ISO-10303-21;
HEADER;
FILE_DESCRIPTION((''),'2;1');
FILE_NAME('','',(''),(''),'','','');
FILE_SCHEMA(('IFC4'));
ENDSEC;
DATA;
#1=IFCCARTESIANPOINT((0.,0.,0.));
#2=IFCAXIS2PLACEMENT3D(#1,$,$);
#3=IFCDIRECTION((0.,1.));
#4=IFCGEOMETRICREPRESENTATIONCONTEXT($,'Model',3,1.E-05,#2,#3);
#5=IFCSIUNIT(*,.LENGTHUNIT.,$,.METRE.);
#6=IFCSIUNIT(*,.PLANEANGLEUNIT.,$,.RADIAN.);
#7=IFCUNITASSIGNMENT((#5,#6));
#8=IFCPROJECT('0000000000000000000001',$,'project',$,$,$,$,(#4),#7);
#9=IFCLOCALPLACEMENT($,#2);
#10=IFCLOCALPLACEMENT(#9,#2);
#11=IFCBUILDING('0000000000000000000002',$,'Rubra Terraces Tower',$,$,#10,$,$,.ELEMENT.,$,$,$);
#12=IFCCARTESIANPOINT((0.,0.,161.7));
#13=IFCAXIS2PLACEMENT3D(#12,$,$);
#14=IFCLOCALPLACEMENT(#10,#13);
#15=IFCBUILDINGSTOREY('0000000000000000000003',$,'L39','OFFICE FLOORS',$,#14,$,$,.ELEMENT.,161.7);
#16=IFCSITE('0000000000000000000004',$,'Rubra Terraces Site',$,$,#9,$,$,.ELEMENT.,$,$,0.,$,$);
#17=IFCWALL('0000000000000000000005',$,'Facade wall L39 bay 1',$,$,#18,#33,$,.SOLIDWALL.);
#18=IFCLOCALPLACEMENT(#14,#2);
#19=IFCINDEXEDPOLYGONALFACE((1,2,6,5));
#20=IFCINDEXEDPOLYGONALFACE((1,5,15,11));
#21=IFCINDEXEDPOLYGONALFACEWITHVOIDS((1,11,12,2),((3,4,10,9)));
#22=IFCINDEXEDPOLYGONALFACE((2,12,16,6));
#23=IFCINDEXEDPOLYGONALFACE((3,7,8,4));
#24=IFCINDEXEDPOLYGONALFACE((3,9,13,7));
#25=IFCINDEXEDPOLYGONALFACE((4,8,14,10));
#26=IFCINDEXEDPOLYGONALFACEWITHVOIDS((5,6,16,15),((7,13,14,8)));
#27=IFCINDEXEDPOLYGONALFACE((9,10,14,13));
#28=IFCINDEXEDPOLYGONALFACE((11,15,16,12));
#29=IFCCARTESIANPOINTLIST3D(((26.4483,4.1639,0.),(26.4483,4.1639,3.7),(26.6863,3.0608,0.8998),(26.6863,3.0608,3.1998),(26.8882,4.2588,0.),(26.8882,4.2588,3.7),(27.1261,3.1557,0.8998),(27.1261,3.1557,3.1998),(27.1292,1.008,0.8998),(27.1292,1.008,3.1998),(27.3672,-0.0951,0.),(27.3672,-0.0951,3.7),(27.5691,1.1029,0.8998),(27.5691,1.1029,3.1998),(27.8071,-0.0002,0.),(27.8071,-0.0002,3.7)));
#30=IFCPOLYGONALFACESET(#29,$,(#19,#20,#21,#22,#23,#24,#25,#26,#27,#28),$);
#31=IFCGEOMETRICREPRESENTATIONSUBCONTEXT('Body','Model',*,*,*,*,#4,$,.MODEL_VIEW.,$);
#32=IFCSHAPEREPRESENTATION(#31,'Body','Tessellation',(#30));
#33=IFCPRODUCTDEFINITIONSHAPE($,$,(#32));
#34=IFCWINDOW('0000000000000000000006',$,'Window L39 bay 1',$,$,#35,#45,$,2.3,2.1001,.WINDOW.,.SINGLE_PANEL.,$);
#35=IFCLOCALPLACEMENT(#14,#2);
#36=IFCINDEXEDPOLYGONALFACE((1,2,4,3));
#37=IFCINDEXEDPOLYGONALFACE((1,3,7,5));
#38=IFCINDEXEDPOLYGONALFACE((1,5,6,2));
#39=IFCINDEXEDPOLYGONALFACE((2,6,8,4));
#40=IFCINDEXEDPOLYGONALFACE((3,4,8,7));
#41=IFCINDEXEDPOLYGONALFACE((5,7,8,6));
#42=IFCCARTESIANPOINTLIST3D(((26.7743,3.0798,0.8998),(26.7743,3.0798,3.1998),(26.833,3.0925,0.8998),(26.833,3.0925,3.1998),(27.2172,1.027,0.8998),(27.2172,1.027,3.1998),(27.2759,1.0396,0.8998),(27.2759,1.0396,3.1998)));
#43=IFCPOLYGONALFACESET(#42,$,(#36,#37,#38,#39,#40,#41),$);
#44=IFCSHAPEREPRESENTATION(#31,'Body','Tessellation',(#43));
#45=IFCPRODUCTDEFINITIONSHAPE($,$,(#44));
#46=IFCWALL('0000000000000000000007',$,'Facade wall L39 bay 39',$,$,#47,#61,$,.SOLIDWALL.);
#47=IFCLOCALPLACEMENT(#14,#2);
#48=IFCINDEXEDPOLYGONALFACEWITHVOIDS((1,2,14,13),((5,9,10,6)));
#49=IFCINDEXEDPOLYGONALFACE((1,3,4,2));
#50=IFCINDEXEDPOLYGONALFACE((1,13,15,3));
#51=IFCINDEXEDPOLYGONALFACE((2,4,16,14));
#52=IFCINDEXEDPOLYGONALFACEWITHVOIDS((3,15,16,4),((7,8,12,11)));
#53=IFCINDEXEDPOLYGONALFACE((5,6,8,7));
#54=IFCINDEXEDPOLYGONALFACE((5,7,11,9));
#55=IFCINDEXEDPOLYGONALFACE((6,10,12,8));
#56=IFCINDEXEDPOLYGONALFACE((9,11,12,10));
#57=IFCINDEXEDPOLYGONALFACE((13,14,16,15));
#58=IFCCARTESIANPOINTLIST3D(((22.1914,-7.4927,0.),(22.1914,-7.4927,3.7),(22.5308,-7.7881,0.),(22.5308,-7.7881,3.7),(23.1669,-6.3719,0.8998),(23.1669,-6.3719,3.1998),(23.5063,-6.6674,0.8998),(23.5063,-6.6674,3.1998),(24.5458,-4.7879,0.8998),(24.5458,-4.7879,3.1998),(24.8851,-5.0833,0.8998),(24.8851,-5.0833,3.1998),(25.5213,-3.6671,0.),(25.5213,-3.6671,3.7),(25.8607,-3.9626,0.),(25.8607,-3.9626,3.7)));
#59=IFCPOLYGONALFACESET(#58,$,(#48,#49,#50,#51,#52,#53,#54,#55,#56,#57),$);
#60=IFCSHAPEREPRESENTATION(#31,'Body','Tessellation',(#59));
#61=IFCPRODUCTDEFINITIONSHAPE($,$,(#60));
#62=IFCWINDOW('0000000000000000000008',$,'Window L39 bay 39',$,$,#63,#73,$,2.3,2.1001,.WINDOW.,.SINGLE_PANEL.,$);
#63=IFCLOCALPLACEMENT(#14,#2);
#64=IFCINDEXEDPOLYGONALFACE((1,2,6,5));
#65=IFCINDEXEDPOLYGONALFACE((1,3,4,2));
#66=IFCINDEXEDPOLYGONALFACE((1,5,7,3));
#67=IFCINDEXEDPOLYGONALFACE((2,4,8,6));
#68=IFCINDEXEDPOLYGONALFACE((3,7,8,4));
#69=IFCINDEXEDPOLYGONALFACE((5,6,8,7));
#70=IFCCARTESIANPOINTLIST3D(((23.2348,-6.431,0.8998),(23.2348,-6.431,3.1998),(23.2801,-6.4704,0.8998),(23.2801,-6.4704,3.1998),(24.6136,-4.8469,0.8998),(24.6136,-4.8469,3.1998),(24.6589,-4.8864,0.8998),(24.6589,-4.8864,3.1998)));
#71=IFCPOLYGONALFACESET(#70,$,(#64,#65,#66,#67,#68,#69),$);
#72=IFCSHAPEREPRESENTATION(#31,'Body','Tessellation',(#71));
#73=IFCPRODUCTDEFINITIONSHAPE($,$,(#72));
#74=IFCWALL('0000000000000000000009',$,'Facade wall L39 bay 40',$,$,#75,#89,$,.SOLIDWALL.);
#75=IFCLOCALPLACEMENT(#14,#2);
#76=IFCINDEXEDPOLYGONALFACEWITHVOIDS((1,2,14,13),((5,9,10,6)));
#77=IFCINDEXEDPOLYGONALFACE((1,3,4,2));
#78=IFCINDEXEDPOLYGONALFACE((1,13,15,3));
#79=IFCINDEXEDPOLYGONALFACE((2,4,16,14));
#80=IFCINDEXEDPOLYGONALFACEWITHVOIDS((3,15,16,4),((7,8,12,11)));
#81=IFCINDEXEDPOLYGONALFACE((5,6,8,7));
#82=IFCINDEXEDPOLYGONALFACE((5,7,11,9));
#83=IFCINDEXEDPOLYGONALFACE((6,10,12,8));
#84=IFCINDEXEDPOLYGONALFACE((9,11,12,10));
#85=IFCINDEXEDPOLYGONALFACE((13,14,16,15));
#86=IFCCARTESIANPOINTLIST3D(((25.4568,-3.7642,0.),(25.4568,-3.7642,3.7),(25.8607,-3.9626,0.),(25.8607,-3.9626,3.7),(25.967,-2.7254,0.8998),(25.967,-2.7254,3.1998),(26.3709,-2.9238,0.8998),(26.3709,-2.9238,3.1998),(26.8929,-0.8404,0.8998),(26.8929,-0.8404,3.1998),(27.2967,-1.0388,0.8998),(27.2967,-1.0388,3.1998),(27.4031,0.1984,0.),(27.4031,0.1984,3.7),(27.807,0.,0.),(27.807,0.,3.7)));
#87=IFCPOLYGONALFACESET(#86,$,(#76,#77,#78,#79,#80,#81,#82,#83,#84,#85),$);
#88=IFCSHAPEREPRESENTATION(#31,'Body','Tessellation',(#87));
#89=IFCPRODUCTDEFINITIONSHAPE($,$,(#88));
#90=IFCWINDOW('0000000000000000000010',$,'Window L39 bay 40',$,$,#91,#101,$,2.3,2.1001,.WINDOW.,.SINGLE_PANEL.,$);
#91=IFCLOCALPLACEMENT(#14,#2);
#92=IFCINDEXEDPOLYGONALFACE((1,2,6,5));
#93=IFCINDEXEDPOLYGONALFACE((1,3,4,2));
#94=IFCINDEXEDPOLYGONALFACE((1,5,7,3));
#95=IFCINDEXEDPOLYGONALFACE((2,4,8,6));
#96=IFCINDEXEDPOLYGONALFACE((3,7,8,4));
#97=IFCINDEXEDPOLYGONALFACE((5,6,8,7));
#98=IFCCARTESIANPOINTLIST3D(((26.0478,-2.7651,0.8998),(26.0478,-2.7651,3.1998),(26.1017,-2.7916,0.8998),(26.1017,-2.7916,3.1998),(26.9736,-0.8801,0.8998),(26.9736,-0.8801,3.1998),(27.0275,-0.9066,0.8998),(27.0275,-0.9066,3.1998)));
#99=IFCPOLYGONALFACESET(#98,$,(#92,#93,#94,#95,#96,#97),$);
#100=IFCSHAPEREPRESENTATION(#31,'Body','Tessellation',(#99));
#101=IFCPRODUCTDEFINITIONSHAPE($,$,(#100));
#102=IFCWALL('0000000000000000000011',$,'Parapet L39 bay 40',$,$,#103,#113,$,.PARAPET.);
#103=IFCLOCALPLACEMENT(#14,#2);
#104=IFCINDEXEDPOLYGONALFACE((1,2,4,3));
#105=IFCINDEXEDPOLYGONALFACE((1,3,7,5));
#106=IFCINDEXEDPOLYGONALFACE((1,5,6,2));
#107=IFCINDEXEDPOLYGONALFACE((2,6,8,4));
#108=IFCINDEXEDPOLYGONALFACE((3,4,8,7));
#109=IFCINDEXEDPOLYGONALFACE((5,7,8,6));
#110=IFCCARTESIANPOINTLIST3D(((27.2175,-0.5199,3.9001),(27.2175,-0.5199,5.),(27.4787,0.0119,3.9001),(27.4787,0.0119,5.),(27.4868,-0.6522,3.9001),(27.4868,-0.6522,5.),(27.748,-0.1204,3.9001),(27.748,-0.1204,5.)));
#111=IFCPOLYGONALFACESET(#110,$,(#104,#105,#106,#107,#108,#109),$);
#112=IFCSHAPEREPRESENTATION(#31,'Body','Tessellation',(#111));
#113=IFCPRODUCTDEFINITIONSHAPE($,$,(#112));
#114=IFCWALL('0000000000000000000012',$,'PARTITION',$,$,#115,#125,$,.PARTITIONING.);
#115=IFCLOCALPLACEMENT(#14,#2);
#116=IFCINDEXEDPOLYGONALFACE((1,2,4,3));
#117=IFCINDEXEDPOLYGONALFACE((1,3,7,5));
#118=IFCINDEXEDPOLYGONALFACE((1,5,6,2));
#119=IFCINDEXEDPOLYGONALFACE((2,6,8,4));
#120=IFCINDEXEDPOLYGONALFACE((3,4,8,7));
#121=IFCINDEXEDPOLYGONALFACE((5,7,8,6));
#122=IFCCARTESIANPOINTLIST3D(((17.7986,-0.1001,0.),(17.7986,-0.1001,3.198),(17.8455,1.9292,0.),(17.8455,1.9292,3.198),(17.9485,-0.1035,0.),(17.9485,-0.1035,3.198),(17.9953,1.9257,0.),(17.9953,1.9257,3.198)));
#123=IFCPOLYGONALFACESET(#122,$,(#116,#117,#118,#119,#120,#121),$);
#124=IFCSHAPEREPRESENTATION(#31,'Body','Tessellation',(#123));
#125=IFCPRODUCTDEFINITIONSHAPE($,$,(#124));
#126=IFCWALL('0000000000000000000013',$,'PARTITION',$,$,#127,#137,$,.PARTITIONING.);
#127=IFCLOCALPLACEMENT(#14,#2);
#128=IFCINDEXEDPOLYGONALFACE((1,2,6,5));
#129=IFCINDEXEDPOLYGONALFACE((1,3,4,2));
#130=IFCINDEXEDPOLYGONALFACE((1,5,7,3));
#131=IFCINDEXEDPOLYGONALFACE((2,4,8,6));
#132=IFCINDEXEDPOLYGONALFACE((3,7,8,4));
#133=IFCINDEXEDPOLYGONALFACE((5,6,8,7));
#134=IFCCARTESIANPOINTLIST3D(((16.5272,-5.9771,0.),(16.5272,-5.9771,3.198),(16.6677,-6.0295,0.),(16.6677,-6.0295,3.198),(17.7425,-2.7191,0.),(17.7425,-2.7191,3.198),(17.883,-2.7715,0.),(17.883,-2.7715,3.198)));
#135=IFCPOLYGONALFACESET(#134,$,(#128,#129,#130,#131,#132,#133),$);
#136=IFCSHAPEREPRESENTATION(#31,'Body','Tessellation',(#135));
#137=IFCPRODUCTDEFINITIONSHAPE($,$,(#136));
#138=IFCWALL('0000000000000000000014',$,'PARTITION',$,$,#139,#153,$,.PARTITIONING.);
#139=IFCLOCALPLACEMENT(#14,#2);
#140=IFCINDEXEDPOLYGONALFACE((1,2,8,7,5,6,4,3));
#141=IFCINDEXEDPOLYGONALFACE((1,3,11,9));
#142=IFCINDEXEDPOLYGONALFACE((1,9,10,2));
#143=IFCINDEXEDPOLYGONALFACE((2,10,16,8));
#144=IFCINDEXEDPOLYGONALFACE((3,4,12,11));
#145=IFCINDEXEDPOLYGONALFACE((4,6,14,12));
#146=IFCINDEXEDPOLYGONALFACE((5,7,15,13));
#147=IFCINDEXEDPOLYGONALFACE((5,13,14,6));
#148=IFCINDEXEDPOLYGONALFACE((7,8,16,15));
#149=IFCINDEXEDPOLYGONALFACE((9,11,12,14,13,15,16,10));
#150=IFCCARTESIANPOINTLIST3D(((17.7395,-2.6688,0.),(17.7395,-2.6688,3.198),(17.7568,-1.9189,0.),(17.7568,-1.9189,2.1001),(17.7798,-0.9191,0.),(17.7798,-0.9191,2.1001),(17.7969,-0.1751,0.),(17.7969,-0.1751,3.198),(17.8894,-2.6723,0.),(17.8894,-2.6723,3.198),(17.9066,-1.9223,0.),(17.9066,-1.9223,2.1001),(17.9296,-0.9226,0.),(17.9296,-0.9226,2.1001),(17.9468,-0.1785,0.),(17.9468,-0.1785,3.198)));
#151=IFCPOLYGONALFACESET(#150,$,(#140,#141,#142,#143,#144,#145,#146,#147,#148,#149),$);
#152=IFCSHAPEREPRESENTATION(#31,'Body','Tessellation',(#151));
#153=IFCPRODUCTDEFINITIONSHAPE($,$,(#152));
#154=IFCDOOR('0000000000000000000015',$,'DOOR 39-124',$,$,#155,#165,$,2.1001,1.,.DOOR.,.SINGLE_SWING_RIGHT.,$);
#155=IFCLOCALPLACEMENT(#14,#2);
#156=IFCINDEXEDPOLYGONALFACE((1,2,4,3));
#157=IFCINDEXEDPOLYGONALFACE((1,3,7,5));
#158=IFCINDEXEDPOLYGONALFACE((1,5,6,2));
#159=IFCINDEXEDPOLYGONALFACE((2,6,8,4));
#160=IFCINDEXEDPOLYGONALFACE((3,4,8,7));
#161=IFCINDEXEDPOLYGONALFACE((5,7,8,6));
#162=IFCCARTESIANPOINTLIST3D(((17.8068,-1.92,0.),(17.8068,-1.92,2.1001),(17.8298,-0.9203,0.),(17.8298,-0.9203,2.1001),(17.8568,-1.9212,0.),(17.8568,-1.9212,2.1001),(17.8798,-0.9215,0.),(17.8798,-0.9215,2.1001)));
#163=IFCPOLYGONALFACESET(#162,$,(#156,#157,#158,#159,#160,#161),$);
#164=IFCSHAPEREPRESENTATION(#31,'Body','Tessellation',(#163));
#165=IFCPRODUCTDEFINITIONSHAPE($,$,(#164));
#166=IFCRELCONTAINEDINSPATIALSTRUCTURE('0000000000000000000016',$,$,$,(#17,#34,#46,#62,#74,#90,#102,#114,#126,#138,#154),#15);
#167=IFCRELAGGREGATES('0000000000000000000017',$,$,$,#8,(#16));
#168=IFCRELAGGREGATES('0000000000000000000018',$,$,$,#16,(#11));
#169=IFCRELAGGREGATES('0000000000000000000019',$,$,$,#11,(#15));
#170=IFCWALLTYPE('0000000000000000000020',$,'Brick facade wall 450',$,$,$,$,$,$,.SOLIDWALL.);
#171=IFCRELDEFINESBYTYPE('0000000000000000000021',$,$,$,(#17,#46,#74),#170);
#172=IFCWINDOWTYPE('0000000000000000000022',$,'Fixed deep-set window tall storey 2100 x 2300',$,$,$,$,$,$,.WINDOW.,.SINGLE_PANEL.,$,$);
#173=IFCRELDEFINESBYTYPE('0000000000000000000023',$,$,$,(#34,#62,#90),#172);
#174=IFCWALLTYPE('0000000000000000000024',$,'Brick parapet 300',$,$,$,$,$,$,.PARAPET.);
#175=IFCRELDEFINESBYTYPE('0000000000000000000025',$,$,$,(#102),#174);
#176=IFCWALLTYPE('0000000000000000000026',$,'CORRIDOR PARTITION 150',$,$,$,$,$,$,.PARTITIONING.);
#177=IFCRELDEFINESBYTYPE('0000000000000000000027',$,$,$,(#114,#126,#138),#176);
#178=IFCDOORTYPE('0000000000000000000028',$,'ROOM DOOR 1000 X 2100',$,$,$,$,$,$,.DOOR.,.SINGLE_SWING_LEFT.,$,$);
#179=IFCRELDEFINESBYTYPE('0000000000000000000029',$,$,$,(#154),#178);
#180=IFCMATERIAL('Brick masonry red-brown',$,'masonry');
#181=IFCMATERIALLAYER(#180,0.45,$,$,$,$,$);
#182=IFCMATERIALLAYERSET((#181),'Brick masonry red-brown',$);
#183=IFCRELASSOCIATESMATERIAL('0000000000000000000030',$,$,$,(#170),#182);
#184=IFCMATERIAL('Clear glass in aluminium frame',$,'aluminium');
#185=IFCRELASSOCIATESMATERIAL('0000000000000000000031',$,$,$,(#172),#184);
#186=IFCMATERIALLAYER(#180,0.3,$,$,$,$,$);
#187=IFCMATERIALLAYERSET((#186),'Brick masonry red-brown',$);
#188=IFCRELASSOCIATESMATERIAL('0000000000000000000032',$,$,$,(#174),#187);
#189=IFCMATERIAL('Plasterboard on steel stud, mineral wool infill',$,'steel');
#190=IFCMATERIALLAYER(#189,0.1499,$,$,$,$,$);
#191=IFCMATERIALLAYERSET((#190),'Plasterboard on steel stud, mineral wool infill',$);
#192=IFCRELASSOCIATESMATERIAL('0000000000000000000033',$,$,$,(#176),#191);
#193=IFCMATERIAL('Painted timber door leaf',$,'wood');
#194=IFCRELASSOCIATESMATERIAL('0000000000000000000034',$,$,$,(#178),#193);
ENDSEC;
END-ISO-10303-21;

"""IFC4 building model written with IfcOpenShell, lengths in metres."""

from ifc_helpers import new_model, si_unit, direction, frame, frame_2d, origin, place, context, subcontext, project, spatial, rectangle, extrude, material, layer, layer_set, type_object, element, fill, save


model = new_model("IFC4")

# Units and contexts
model_context = context("Model", 3, precision=1e-05, world=origin(), true_north=direction((0.0, 1.0)))
body_context = subcontext(model_context, "Body", "Model", "MODEL_VIEW")
ifc_project = project(units=[si_unit("LENGTHUNIT", "METRE"), si_unit("PLANEANGLEUNIT", "RADIAN")], contexts=[model_context])

# Site, building, storey
site_placement = place(None, origin())
site = spatial("IfcSite", under=ifc_project, at=site_placement, Name="Rubra Terraces Site", CompositionType="ELEMENT", RefElevation=0.0)
building_placement = place(site_placement, origin())
building = spatial("IfcBuilding", under=site, at=building_placement, Name="Rubra Terraces Tower", CompositionType="ELEMENT")
storey_placement = place(building_placement, frame((0.0, 0.0, 161.7)))
storey = spatial("IfcBuildingStorey", under=building, at=storey_placement, Name="L39", Description="OFFICE FLOORS", CompositionType="ELEMENT", Elevation=161.7)

# Walls, openings, windows
ifc_material_1 = material(Name="Brick masonry red-brown", Category="masonry")
ifc_layer_1 = layer(ifc_material_1, 0.45)
ifc_layer_set_1 = layer_set([ifc_layer_1], Name="Brick masonry red-brown")
wall_type_1 = type_object("IfcWallType", Name="Brick facade wall 450", PredefinedType="SOLIDWALL", material=ifc_layer_set_1)
wall_1_placement = place(storey_placement, frame((27.5872, -0.0476, 0.0), z_axis=(0.0, 0.0, 1.0), x_axis=(-0.21091, 0.977505, 0.0)))
wall_1 = element("IfcWall", 1, at=wall_1_placement, inside=storey, type_object=wall_type_1, Name="Facade wall L39 bay 1", PredefinedType="SOLIDWALL", context=body_context, shape_type="SweptSolid", body=[
    extrude(rectangle(XDim=4.3569, YDim=0.45, at=frame_2d((2.1785, 0.0))), origin(), (0.0, 0.0, 1.0), 3.7),
])
opening_1_placement = place(wall_1_placement, frame((1.1284, 0.0, 0.8999)))
opening_1 = element("IfcOpeningElement", 2, at=opening_1_placement, cuts=wall_1, PredefinedType="OPENING", context=body_context, shape_type="SweptSolid", body=[
    extrude(rectangle(XDim=2.1001, YDim=2.3, at=frame_2d((1.05, 1.1499))), frame((0.0, 0.2349, 0.0), z_axis=(0.0, -1.0, 0.0), x_axis=(1.0, 0.0, 0.0)), (0.0, 0.0, 1.0), 0.47),
])
ifc_material_2 = material(Name="Clear glass in aluminium frame", Category="aluminium")
window_type = type_object("IfcWindowType", Name="Fixed deep-set window tall storey 2100 x 2300", PartitioningType="SINGLE_PANEL", PredefinedType="WINDOW", material=ifc_material_2)
window_1_placement = place(opening_1_placement, origin())
window_1 = element("IfcWindow", 3, at=window_1_placement, inside=storey, type_object=window_type, Name="Window L39 bay 1", OverallHeight=2.3, OverallWidth=2.1001, PartitioningType="SINGLE_PANEL", PredefinedType="WINDOW", context=body_context, shape_type="SweptSolid", body=[
    extrude(rectangle(XDim=2.1001, YDim=2.3, at=frame_2d((1.05, 1.1499))), frame((0.0, 0.135, 0.0), z_axis=(0.0, -1.0, 0.0), x_axis=(1.0, 0.0, 0.0)), (0.0, 0.0, 1.0), 0.0601),
])
fill(opening_1, window_1)
wall_2_placement = place(storey_placement, frame((22.3611, -7.6404, 0.0), z_axis=(0.0, 0.0, 1.0), x_axis=(0.656556, 0.754277, 0.0)))
wall_2 = element("IfcWall", 4, at=wall_2_placement, inside=storey, type_object=wall_type_1, Name="Facade wall L39 bay 39", PredefinedType="SOLIDWALL", context=body_context, shape_type="SweptSolid", body=[
    extrude(rectangle(XDim=5.0718, YDim=0.45, at=frame_2d((2.5359, 0.0))), origin(), (0.0, 0.0, 1.0), 3.7),
])
opening_2_placement = place(wall_2_placement, frame((1.4858, 0.0, 0.8999)))
opening_2 = element("IfcOpeningElement", 5, at=opening_2_placement, cuts=wall_2, PredefinedType="OPENING", context=body_context, shape_type="SweptSolid", body=[
    extrude(rectangle(XDim=2.1001, YDim=2.3, at=frame_2d((1.05, 1.1499))), frame((0.0, 0.2349, 0.0), z_axis=(0.0, -1.0, 0.0), x_axis=(1.0, 0.0, 0.0)), (0.0, 0.0, 1.0), 0.47),
])
window_2_placement = place(opening_2_placement, origin())
window_2 = element("IfcWindow", 6, at=window_2_placement, inside=storey, type_object=window_type, Name="Window L39 bay 39", OverallHeight=2.3, OverallWidth=2.1001, PartitioningType="SINGLE_PANEL", PredefinedType="WINDOW", context=body_context, shape_type="SweptSolid", body=[
    extrude(rectangle(XDim=2.1001, YDim=2.3, at=frame_2d((1.05, 1.1499))), frame((0.0, 0.135, 0.0), z_axis=(0.0, -1.0, 0.0), x_axis=(1.0, 0.0, 0.0)), (0.0, 0.0, 1.0), 0.0601),
])
fill(opening_2, window_2)
wall_3_placement = place(storey_placement, frame((25.6587, -3.8635, 0.0), z_axis=(0.0, 0.0, 1.0), x_axis=(0.440854, 0.897579, 0.0)))
wall_3 = element("IfcWall", 7, at=wall_3_placement, inside=storey, type_object=wall_type_1, Name="Facade wall L39 bay 40", PredefinedType="SOLIDWALL", context=body_context, shape_type="SweptSolid", body=[
    extrude(rectangle(XDim=4.4148, YDim=0.45, at=frame_2d((2.2075, 0.0))), origin(), (0.0, 0.0, 1.0), 3.7),
])
opening_3_placement = place(wall_3_placement, frame((1.1575, 0.0, 0.8999)))
opening_3 = element("IfcOpeningElement", 8, at=opening_3_placement, cuts=wall_3, PredefinedType="OPENING", context=body_context, shape_type="SweptSolid", body=[
    extrude(rectangle(XDim=2.1001, YDim=2.3, at=frame_2d((1.05, 1.1499))), frame((0.0, 0.2349, 0.0), z_axis=(0.0, -1.0, 0.0), x_axis=(1.0, 0.0, 0.0)), (0.0, 0.0, 1.0), 0.47),
])
window_3_placement = place(opening_3_placement, origin())
window_3 = element("IfcWindow", 9, at=window_3_placement, inside=storey, type_object=window_type, Name="Window L39 bay 40", OverallHeight=2.3, OverallWidth=2.1001, PartitioningType="SINGLE_PANEL", PredefinedType="WINDOW", context=body_context, shape_type="SweptSolid", body=[
    extrude(rectangle(XDim=2.1001, YDim=2.3, at=frame_2d((1.05, 1.1499))), frame((0.0, 0.135, 0.0), z_axis=(0.0, -1.0, 0.0), x_axis=(1.0, 0.0, 0.0)), (0.0, 0.0, 1.0), 0.0601),
])
fill(opening_3, window_3)

# Walls
ifc_layer_2 = layer(ifc_material_1, 0.3)
ifc_layer_set_2 = layer_set([ifc_layer_2], Name="Brick masonry red-brown")
wall_type_2 = type_object("IfcWallType", Name="Brick parapet 300", PredefinedType="PARAPET", material=ifc_layer_set_2)
wall_4_placement = place(storey_placement, frame((27.3521, -0.5862, 3.9001), z_axis=(0.0, 0.0, 1.0), x_axis=(0.440939, 0.897537, 0.0)))
element("IfcWall", 10, at=wall_4_placement, inside=storey, type_object=wall_type_2, Name="Parapet L39 bay 40", PredefinedType="PARAPET", context=body_context, shape_type="SweptSolid", body=[
    extrude(rectangle(XDim=0.5925, YDim=0.3, at=frame_2d((0.2964, 0.0))), origin(), (0.0, 0.0, 1.0), 1.0999),
])
ifc_material_3 = material(Name="Plasterboard on steel stud, mineral wool infill", Category="steel")
ifc_layer_3 = layer(ifc_material_3, 0.1499)
ifc_layer_set_3 = layer_set([ifc_layer_3], Name="Plasterboard on steel stud, mineral wool infill")
wall_type_3 = type_object("IfcWallType", Name="CORRIDOR PARTITION 150", PredefinedType="PARTITIONING", material=ifc_layer_set_3)
wall_5_placement = place(storey_placement, frame((17.8735, -0.1018, 0.0), z_axis=(0.0, 0.0, 1.0), x_axis=(0.023093, 0.999733, 0.0)))
element("IfcWall", 11, at=wall_5_placement, inside=storey, type_object=wall_type_3, Name="PARTITION", PredefinedType="PARTITIONING", context=body_context, shape_type="SweptSolid", body=[
    extrude(rectangle(XDim=2.0298, YDim=0.1499, at=frame_2d((1.0149, 0.0))), origin(), (0.0, 0.0, 1.0), 3.198),
])
wall_6_placement = place(storey_placement, frame((16.5974, -6.0034, 0.0), z_axis=(0.0, 0.0, 1.0), x_axis=(0.349499, 0.936937, 0.0)))
element("IfcWall", 12, at=wall_6_placement, inside=storey, type_object=wall_type_3, Name="PARTITION", PredefinedType="PARTITIONING", context=body_context, shape_type="SweptSolid", body=[
    extrude(rectangle(XDim=3.4773, YDim=0.1499, at=frame_2d((1.7388, 0.0))), origin(), (0.0, 0.0, 1.0), 3.198),
])

# Wall, opening, door
wall_7_placement = place(storey_placement, frame((17.8145, -2.6704, 0.0), z_axis=(0.0, 0.0, 1.0), x_axis=(0.023002, 0.999735, 0.0)))
wall_7 = element("IfcWall", 13, at=wall_7_placement, inside=storey, type_object=wall_type_3, Name="PARTITION", PredefinedType="PARTITIONING", context=body_context, shape_type="SweptSolid", body=[
    extrude(rectangle(XDim=2.4944, YDim=0.1499, at=frame_2d((1.2471, 0.0))), origin(), (0.0, 0.0, 1.0), 3.198),
])
opening_4_placement = place(wall_7_placement, frame((0.75, 0.0, 0.0)))
opening_4 = element("IfcOpeningElement", 14, at=opening_4_placement, cuts=wall_7, PredefinedType="OPENING", context=body_context, shape_type="SweptSolid", body=[
    extrude(rectangle(XDim=1.0, YDim=2.1001, at=frame_2d((0.5, 1.05))), frame((0.0, 0.085, 0.0), z_axis=(0.0, -1.0, 0.0), x_axis=(1.0, 0.0, 0.0)), (0.0, 0.0, 1.0), 0.1699),
])
ifc_material_4 = material(Name="Painted timber door leaf", Category="wood")
door_type_1 = type_object("IfcDoorType", Name="ROOM DOOR 1000 X 2100", OperationType="SINGLE_SWING_LEFT", PredefinedType="DOOR", material=ifc_material_4)
door_1_placement = place(opening_4_placement, origin())
door_1 = element("IfcDoor", 15, at=door_1_placement, inside=storey, type_object=door_type_1, Name="DOOR 39-124", OperationType="SINGLE_SWING_RIGHT", OverallHeight=2.1001, OverallWidth=1.0, PredefinedType="DOOR", context=body_context, shape_type="SweptSolid", body=[
    extrude(rectangle(XDim=1.0, YDim=2.1001, at=frame_2d((0.5, 1.05))), frame((0.0, 0.0249, 0.0), z_axis=(0.0, -1.0, 0.0), x_axis=(1.0, 0.0, 0.0)), (0.0, 0.0, 1.0), 0.05),
])
fill(opening_4, door_1)

save(model, "model.ifc")
